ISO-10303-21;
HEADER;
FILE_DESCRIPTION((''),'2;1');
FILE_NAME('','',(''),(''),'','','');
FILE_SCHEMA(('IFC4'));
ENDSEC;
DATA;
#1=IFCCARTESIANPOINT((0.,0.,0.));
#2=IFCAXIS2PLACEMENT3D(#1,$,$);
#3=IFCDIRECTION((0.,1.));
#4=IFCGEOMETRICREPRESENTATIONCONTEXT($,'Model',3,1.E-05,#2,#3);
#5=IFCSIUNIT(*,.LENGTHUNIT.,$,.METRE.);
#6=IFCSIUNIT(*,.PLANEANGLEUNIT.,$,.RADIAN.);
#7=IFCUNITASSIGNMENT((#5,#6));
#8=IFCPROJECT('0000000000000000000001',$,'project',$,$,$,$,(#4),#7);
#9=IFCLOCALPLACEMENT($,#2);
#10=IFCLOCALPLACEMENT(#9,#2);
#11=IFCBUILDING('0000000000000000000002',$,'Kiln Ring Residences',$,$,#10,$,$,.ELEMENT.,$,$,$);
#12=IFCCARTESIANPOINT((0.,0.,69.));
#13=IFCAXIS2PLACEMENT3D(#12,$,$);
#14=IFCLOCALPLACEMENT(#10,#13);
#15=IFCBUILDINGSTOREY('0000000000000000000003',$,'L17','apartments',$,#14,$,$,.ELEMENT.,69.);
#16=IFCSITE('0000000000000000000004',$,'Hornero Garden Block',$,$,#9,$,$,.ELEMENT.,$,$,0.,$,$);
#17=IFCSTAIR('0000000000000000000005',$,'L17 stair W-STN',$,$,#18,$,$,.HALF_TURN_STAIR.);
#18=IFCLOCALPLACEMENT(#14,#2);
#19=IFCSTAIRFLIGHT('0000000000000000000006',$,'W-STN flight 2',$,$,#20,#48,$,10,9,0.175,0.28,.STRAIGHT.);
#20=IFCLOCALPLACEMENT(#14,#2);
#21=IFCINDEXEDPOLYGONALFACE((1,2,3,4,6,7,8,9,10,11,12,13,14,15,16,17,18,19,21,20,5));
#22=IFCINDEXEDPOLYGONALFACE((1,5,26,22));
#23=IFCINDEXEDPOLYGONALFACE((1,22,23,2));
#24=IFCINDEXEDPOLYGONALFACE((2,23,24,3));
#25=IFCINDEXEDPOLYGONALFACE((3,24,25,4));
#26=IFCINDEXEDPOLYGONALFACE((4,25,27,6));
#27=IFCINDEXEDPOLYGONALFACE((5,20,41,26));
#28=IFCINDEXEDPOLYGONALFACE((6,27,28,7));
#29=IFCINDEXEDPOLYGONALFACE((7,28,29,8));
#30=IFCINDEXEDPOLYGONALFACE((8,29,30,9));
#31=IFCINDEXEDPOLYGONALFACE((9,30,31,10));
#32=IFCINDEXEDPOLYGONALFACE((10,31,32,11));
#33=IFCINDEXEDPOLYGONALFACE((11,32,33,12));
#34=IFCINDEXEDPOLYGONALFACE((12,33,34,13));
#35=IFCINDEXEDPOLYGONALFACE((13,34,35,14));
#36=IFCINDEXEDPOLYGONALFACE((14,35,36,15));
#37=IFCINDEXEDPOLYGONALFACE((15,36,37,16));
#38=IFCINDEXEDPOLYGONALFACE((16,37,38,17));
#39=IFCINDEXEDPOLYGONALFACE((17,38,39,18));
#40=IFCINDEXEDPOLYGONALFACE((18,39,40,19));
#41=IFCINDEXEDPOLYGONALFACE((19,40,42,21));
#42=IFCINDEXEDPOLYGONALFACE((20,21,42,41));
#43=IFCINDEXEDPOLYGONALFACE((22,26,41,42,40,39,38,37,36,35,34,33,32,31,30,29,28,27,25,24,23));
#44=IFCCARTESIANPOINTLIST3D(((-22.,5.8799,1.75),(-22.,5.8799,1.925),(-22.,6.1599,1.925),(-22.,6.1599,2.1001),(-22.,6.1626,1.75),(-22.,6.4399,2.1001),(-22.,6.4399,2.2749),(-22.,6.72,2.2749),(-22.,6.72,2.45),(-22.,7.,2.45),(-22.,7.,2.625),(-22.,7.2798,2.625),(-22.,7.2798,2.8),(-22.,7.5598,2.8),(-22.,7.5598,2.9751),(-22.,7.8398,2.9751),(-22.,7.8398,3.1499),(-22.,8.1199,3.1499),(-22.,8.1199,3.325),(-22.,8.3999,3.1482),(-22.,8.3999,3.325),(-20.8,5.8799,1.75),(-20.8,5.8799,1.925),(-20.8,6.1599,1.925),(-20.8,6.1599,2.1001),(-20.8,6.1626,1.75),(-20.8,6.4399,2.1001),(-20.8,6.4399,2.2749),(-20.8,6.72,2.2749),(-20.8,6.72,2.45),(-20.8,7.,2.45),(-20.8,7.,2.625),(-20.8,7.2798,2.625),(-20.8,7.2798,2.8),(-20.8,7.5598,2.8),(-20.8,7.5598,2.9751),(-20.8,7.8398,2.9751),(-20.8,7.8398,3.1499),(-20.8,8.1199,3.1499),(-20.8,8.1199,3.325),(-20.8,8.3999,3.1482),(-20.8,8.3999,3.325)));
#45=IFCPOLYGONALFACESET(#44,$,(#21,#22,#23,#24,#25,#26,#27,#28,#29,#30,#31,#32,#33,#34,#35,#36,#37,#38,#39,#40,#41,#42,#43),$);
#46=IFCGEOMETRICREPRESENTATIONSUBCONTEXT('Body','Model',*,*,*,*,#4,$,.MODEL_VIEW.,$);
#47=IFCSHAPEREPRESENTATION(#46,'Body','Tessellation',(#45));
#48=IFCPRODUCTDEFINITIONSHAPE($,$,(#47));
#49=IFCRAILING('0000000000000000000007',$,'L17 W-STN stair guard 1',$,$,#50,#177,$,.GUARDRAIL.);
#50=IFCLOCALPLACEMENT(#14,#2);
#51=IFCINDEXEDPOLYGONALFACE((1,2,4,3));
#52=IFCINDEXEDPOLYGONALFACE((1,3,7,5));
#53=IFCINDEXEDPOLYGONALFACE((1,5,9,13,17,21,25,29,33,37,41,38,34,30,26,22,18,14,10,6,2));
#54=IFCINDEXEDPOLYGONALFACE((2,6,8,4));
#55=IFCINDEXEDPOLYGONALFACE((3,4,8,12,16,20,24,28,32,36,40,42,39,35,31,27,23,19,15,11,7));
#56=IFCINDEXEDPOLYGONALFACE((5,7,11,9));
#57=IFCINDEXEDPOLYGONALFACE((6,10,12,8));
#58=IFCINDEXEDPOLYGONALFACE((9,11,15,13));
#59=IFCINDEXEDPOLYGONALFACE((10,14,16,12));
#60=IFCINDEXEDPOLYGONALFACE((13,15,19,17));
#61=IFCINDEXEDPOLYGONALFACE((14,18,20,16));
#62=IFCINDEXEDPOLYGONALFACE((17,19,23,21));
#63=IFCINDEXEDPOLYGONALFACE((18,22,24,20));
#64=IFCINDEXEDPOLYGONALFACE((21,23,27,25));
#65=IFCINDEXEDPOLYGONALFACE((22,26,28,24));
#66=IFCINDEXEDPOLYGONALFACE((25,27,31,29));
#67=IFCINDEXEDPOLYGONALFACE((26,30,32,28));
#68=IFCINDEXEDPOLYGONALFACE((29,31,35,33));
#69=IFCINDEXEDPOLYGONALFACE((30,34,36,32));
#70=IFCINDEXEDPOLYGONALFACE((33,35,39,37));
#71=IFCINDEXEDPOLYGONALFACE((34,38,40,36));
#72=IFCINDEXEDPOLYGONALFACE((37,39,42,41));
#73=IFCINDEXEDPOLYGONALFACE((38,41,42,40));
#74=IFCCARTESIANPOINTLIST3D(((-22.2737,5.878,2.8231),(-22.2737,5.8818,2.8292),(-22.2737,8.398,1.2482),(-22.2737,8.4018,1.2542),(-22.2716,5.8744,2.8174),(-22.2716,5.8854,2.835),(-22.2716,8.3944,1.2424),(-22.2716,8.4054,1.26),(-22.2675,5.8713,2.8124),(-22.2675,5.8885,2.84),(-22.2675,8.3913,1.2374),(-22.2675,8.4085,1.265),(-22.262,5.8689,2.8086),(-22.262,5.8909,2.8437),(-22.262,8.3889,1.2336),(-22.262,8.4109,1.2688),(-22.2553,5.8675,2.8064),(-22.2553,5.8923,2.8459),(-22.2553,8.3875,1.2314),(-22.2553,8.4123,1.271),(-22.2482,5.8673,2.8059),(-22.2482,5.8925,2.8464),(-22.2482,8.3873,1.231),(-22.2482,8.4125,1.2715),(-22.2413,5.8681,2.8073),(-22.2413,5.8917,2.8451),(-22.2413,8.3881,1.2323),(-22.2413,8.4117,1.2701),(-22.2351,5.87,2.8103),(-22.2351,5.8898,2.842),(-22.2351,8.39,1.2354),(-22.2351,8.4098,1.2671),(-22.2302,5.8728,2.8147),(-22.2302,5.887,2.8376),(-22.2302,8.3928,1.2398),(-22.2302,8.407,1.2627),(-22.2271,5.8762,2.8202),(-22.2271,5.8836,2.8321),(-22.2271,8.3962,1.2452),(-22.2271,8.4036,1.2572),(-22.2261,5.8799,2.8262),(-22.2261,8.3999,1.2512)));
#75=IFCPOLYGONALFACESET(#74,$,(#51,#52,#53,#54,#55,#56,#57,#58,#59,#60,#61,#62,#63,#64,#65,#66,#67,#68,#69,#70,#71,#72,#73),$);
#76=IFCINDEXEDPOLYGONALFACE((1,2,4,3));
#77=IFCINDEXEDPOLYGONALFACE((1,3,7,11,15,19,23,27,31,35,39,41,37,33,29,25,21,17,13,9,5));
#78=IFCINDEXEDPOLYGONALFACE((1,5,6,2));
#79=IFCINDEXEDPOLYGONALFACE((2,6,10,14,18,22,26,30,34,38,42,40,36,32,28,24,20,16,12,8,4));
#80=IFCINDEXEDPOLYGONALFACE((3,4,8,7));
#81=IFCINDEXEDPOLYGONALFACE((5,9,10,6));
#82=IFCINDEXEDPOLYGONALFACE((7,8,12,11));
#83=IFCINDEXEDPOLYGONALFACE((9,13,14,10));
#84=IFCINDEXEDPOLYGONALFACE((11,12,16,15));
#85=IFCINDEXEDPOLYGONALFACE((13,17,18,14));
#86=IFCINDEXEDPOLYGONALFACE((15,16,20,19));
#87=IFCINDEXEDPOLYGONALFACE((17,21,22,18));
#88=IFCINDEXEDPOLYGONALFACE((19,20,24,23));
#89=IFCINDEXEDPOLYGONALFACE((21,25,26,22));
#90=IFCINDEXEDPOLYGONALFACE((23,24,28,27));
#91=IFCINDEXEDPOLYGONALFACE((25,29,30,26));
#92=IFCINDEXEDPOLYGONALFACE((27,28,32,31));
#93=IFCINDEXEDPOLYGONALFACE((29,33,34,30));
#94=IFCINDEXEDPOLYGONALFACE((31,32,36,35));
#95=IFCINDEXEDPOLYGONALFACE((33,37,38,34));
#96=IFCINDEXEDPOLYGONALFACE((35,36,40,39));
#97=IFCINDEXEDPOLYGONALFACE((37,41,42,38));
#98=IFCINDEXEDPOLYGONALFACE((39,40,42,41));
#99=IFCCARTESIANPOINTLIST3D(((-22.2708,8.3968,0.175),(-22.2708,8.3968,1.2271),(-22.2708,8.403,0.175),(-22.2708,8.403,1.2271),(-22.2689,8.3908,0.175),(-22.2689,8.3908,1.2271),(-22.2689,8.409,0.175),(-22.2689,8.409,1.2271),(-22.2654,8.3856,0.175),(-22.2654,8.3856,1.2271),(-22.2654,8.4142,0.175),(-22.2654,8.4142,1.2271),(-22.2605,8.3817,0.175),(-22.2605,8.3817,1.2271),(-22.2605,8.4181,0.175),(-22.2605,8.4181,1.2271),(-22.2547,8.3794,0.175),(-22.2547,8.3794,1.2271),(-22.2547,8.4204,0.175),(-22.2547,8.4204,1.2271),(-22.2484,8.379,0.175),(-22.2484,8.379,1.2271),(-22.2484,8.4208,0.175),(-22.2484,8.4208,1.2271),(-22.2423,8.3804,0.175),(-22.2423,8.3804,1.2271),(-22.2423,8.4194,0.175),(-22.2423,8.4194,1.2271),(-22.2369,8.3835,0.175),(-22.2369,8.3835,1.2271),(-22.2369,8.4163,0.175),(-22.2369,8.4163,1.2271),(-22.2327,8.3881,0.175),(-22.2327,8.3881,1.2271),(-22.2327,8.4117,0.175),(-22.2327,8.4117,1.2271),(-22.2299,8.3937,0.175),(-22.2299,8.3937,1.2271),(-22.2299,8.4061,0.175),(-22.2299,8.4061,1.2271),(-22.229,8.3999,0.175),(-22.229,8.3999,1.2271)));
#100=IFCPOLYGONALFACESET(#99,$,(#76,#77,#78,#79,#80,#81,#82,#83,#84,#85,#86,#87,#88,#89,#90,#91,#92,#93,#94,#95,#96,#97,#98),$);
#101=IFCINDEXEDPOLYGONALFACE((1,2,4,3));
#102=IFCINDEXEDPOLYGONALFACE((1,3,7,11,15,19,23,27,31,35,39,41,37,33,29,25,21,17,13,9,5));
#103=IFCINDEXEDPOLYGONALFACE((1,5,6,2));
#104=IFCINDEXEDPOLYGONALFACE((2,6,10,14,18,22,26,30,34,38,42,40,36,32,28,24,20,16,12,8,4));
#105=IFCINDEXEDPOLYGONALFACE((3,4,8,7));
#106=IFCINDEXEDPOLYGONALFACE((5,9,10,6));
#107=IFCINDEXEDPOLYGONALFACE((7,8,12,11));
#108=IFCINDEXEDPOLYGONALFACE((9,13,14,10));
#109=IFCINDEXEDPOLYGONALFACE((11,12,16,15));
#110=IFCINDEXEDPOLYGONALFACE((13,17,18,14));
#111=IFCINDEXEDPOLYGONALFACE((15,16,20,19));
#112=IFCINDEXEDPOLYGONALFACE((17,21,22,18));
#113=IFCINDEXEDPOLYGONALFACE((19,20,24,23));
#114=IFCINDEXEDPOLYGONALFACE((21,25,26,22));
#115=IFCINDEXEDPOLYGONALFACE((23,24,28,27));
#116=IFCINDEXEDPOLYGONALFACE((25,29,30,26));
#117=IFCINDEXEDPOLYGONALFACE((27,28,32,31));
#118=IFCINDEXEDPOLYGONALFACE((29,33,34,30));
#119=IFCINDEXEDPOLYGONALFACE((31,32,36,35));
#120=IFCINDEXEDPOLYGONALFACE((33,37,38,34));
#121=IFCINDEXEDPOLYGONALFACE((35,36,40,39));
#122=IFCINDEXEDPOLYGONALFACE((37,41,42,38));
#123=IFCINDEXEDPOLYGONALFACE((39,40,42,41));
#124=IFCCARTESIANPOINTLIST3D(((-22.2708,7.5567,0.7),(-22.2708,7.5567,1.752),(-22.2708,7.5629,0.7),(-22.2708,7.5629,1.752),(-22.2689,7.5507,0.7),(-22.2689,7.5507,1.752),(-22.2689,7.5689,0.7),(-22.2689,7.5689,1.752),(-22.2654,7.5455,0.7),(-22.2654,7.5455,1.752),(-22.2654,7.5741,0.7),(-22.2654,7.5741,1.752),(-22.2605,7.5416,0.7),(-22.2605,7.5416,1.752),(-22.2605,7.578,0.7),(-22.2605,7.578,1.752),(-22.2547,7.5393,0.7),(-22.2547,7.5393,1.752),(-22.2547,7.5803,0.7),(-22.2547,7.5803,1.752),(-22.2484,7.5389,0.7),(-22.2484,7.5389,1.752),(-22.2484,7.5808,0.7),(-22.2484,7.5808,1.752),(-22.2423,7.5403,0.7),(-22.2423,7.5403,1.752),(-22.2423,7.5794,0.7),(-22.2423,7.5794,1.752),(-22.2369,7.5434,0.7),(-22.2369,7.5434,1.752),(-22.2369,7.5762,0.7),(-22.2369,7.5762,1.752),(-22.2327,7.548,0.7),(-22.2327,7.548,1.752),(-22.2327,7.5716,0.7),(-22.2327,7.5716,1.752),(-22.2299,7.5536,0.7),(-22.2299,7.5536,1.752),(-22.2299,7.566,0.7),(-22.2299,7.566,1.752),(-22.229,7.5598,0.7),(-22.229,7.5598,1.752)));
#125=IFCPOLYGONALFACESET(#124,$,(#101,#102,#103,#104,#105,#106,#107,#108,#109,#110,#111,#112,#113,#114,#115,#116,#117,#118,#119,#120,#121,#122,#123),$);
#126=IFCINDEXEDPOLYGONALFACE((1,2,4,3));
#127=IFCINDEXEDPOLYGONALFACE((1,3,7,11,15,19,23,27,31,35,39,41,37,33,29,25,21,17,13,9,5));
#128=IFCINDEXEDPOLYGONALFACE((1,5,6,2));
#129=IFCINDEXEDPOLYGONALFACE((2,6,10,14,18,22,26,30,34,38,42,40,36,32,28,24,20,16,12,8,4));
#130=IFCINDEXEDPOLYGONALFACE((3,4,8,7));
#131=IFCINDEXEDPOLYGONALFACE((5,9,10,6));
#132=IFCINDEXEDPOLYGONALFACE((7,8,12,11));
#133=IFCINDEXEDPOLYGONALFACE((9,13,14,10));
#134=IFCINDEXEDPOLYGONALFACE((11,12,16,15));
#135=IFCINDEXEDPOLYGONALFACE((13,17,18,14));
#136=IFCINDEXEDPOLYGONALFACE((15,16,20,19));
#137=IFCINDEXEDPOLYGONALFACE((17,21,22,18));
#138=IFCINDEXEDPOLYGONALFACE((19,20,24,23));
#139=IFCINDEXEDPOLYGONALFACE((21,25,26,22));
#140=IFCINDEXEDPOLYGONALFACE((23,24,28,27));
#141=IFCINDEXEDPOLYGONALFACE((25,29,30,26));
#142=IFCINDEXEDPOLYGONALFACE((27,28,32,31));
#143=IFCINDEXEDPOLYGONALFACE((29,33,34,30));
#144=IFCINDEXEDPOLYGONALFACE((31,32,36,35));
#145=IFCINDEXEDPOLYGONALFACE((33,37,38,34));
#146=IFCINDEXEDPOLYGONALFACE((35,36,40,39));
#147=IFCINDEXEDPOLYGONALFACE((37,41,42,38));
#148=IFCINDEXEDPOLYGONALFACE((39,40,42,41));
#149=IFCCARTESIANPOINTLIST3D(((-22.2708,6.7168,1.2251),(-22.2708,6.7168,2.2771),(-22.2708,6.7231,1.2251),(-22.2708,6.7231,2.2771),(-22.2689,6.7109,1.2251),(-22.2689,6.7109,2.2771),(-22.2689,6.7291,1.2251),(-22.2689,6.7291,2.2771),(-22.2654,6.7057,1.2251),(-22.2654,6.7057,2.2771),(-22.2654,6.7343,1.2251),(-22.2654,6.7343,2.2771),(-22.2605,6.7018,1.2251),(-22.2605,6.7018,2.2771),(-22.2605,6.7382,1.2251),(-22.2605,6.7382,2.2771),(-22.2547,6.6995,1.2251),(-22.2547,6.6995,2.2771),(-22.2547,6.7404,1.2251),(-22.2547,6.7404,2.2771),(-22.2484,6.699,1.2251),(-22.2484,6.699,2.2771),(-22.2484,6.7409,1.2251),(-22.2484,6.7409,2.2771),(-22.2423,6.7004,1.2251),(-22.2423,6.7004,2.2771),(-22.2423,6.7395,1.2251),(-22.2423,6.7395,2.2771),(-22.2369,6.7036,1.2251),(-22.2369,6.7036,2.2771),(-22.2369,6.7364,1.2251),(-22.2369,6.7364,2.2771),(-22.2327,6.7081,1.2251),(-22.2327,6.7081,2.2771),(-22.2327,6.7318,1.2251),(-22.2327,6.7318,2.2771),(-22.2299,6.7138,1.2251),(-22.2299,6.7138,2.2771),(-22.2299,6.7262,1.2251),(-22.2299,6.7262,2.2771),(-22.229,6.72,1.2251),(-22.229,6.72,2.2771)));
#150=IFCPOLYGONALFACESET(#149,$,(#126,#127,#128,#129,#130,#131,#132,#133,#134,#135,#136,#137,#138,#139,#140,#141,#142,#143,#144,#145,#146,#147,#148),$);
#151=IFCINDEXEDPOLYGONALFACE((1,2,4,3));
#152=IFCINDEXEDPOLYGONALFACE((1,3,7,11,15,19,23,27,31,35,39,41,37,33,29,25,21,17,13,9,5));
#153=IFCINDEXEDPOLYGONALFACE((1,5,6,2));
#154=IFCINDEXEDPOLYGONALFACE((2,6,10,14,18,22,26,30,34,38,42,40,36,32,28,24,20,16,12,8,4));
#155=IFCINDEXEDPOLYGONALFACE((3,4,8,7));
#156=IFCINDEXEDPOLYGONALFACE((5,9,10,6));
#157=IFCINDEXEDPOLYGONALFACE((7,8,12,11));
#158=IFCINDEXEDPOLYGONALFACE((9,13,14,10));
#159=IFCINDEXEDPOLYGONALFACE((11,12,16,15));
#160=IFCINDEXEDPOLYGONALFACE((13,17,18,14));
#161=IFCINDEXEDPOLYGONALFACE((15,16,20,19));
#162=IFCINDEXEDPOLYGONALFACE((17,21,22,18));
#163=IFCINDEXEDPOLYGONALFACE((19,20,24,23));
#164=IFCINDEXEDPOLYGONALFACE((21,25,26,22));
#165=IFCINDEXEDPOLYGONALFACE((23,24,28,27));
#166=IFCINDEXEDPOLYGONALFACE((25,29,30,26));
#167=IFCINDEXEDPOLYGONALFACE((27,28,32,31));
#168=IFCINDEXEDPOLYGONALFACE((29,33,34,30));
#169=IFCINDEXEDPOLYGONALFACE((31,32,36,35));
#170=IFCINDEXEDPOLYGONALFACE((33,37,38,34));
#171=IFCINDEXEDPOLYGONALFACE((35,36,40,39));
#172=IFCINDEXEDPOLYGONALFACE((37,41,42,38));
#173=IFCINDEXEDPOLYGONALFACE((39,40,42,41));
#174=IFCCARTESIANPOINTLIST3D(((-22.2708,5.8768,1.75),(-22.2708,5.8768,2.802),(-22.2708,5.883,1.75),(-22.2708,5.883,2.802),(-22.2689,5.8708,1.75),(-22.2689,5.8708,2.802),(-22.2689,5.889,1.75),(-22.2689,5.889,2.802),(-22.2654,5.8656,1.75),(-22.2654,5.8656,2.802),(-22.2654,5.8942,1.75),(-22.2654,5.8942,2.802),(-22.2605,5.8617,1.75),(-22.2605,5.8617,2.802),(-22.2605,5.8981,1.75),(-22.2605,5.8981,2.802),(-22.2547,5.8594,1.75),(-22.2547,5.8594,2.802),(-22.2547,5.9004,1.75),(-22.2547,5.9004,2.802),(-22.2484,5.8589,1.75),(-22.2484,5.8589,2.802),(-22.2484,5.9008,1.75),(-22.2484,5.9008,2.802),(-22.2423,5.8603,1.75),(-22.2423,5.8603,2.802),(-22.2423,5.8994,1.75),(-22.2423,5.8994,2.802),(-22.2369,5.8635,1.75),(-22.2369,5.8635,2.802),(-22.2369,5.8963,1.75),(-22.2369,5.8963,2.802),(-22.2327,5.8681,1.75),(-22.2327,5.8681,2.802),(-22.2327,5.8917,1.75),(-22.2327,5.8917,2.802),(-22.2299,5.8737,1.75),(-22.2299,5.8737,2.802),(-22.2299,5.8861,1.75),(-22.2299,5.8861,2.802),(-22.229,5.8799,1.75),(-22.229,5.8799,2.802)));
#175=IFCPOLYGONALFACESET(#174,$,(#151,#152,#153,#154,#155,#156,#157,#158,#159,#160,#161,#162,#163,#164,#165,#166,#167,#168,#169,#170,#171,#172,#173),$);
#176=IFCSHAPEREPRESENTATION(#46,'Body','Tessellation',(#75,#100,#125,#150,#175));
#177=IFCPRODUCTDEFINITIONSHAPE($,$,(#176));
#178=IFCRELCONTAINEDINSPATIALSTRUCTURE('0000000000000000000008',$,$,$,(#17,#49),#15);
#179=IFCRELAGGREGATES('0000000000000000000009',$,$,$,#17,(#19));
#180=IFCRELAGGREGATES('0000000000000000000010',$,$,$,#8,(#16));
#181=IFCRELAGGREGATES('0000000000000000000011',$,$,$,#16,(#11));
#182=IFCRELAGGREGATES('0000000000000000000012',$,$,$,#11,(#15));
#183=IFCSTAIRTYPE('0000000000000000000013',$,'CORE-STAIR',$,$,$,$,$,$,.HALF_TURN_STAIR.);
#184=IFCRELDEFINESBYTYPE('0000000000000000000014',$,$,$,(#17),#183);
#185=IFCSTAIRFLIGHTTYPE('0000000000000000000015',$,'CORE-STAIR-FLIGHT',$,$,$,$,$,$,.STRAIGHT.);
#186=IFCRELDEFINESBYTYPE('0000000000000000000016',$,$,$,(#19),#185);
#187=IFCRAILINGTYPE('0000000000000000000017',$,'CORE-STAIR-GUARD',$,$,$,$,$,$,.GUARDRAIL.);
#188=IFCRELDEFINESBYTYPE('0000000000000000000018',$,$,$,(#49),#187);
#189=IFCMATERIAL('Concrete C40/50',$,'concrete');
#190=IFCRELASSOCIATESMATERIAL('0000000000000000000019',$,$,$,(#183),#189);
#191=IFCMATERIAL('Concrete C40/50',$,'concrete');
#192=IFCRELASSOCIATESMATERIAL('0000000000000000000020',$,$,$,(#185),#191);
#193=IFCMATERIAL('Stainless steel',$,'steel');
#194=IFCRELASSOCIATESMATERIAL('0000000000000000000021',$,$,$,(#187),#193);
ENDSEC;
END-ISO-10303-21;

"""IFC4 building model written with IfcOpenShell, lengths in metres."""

from ifc_helpers import new_model, si_unit, direction, frame, origin, origin_2d, place, context, subcontext, project, spatial, polyline, circle, outline, extrude, material, type_object, element, aggregate, save


model = new_model("IFC4")

# Units and contexts
model_context = context("Model", 3, precision=1e-05, world=origin(), true_north=direction((0.0, 1.0)))
body_context = subcontext(model_context, "Body", "Model", "MODEL_VIEW")
ifc_project = project(units=[si_unit("LENGTHUNIT", "METRE"), si_unit("PLANEANGLEUNIT", "RADIAN")], contexts=[model_context])

# Site, building, storey
site_placement = place(None, origin())
site = spatial("IfcSite", under=ifc_project, at=site_placement, Name="Hornero Garden Block", CompositionType="ELEMENT", RefElevation=0.0)
building_placement = place(site_placement, origin())
building = spatial("IfcBuilding", under=site, at=building_placement, Name="Kiln Ring Residences", CompositionType="ELEMENT")
storey_placement = place(building_placement, frame((0.0, 0.0, 69.0)))
storey = spatial("IfcBuildingStorey", under=building, at=storey_placement, Name="L17", Description="apartments", CompositionType="ELEMENT", Elevation=69.0)

# Stair, stair flight
ifc_material_1 = material(Name="Concrete C40/50", Category="concrete")
stair_type = type_object("IfcStairType", Name="CORE-STAIR", PredefinedType="HALF_TURN_STAIR", material=ifc_material_1)
stair_placement = place(storey_placement, origin())
stair = element("IfcStair", 1, at=stair_placement, inside=storey, type_object=stair_type, Name="L17 stair W-STN", PredefinedType="HALF_TURN_STAIR")
ifc_material_2 = material(Name="Concrete C40/50", Category="concrete")
stair_flight_type = type_object("IfcStairFlightType", Name="CORE-STAIR-FLIGHT", PredefinedType="STRAIGHT", material=ifc_material_2)
stair_flight_1_placement = place(storey_placement, frame((-21.3999, 5.8799, 1.75), z_axis=(0.0, 0.0, 1.0), x_axis=(0.0, 1.0, 0.0)))
stair_flight_1 = element("IfcStairFlight", 2, at=stair_flight_1_placement, type_object=stair_flight_type, Name="W-STN flight 2", NumberOfRisers=10, NumberOfTreads=9, PredefinedType="STRAIGHT", RiserHeight=0.175, TreadLength=0.28, context=body_context, shape_type="SweptSolid", body=[
    extrude(outline(polyline([(0.0, 0.0), (0.0, 0.175), (0.28, 0.175), (0.28, 0.3501), (0.5601, 0.3501), (0.5601, 0.5249), (0.8401, 0.5249), (0.8401, 0.7), (1.1201, 0.7), (1.1201, 0.875), (1.3999, 0.875), (1.3999, 1.05), (1.6799, 1.05), (1.6799, 1.2251), (1.96, 1.2251), (1.96, 1.3999), (2.24, 1.3999), (2.24, 1.575), (2.52, 1.575), (2.52, 1.75), (2.52, 1.3982), (0.2827, 0.0), (0.0, 0.0)])), frame((0.0, 0.6001, 0.0), z_axis=(0.0, -1.0, 0.0), x_axis=(1.0, 0.0, 0.0)), (0.0, 0.0, 1.0), 1.2),
])
aggregate(stair, [stair_flight_1])

# Railing
ifc_material_3 = material(Name="Stainless steel", Category="steel")
railing_type_1 = type_object("IfcRailingType", Name="CORE-STAIR-GUARD", PredefinedType="GUARDRAIL", material=ifc_material_3)
railing_1_placement = place(storey_placement, frame((-22.25, 8.3999, 0.175)))
element("IfcRailing", 3, at=railing_1_placement, inside=storey, type_object=railing_type_1, Name="L17 W-STN stair guard 1", PredefinedType="GUARDRAIL", context=body_context, shape_type="SweptSolid", body=[
    extrude(circle(Radius=0.0239, at=origin_2d()), frame((0.0, 0.0, 1.0762), z_axis=(0.0, -0.848008, 0.529984), x_axis=(1.0, 0.0, 0.0)), (0.0, 0.0, 1.0), 2.9717),
    extrude(circle(Radius=0.021, at=origin_2d()), origin(), (0.0, 0.0, 1.0), 1.052),
    extrude(circle(Radius=0.021, at=origin_2d()), frame((0.0, -0.8401, 0.5249)), (0.0, 0.0, 1.0), 1.052),
    extrude(circle(Radius=0.021, at=origin_2d()), frame((0.0, -1.6799, 1.05)), (0.0, 0.0, 1.0), 1.052),
    extrude(circle(Radius=0.021, at=origin_2d()), frame((0.0, -2.52, 1.575)), (0.0, 0.0, 1.0), 1.052),
])

save(model, "model.ifc")
